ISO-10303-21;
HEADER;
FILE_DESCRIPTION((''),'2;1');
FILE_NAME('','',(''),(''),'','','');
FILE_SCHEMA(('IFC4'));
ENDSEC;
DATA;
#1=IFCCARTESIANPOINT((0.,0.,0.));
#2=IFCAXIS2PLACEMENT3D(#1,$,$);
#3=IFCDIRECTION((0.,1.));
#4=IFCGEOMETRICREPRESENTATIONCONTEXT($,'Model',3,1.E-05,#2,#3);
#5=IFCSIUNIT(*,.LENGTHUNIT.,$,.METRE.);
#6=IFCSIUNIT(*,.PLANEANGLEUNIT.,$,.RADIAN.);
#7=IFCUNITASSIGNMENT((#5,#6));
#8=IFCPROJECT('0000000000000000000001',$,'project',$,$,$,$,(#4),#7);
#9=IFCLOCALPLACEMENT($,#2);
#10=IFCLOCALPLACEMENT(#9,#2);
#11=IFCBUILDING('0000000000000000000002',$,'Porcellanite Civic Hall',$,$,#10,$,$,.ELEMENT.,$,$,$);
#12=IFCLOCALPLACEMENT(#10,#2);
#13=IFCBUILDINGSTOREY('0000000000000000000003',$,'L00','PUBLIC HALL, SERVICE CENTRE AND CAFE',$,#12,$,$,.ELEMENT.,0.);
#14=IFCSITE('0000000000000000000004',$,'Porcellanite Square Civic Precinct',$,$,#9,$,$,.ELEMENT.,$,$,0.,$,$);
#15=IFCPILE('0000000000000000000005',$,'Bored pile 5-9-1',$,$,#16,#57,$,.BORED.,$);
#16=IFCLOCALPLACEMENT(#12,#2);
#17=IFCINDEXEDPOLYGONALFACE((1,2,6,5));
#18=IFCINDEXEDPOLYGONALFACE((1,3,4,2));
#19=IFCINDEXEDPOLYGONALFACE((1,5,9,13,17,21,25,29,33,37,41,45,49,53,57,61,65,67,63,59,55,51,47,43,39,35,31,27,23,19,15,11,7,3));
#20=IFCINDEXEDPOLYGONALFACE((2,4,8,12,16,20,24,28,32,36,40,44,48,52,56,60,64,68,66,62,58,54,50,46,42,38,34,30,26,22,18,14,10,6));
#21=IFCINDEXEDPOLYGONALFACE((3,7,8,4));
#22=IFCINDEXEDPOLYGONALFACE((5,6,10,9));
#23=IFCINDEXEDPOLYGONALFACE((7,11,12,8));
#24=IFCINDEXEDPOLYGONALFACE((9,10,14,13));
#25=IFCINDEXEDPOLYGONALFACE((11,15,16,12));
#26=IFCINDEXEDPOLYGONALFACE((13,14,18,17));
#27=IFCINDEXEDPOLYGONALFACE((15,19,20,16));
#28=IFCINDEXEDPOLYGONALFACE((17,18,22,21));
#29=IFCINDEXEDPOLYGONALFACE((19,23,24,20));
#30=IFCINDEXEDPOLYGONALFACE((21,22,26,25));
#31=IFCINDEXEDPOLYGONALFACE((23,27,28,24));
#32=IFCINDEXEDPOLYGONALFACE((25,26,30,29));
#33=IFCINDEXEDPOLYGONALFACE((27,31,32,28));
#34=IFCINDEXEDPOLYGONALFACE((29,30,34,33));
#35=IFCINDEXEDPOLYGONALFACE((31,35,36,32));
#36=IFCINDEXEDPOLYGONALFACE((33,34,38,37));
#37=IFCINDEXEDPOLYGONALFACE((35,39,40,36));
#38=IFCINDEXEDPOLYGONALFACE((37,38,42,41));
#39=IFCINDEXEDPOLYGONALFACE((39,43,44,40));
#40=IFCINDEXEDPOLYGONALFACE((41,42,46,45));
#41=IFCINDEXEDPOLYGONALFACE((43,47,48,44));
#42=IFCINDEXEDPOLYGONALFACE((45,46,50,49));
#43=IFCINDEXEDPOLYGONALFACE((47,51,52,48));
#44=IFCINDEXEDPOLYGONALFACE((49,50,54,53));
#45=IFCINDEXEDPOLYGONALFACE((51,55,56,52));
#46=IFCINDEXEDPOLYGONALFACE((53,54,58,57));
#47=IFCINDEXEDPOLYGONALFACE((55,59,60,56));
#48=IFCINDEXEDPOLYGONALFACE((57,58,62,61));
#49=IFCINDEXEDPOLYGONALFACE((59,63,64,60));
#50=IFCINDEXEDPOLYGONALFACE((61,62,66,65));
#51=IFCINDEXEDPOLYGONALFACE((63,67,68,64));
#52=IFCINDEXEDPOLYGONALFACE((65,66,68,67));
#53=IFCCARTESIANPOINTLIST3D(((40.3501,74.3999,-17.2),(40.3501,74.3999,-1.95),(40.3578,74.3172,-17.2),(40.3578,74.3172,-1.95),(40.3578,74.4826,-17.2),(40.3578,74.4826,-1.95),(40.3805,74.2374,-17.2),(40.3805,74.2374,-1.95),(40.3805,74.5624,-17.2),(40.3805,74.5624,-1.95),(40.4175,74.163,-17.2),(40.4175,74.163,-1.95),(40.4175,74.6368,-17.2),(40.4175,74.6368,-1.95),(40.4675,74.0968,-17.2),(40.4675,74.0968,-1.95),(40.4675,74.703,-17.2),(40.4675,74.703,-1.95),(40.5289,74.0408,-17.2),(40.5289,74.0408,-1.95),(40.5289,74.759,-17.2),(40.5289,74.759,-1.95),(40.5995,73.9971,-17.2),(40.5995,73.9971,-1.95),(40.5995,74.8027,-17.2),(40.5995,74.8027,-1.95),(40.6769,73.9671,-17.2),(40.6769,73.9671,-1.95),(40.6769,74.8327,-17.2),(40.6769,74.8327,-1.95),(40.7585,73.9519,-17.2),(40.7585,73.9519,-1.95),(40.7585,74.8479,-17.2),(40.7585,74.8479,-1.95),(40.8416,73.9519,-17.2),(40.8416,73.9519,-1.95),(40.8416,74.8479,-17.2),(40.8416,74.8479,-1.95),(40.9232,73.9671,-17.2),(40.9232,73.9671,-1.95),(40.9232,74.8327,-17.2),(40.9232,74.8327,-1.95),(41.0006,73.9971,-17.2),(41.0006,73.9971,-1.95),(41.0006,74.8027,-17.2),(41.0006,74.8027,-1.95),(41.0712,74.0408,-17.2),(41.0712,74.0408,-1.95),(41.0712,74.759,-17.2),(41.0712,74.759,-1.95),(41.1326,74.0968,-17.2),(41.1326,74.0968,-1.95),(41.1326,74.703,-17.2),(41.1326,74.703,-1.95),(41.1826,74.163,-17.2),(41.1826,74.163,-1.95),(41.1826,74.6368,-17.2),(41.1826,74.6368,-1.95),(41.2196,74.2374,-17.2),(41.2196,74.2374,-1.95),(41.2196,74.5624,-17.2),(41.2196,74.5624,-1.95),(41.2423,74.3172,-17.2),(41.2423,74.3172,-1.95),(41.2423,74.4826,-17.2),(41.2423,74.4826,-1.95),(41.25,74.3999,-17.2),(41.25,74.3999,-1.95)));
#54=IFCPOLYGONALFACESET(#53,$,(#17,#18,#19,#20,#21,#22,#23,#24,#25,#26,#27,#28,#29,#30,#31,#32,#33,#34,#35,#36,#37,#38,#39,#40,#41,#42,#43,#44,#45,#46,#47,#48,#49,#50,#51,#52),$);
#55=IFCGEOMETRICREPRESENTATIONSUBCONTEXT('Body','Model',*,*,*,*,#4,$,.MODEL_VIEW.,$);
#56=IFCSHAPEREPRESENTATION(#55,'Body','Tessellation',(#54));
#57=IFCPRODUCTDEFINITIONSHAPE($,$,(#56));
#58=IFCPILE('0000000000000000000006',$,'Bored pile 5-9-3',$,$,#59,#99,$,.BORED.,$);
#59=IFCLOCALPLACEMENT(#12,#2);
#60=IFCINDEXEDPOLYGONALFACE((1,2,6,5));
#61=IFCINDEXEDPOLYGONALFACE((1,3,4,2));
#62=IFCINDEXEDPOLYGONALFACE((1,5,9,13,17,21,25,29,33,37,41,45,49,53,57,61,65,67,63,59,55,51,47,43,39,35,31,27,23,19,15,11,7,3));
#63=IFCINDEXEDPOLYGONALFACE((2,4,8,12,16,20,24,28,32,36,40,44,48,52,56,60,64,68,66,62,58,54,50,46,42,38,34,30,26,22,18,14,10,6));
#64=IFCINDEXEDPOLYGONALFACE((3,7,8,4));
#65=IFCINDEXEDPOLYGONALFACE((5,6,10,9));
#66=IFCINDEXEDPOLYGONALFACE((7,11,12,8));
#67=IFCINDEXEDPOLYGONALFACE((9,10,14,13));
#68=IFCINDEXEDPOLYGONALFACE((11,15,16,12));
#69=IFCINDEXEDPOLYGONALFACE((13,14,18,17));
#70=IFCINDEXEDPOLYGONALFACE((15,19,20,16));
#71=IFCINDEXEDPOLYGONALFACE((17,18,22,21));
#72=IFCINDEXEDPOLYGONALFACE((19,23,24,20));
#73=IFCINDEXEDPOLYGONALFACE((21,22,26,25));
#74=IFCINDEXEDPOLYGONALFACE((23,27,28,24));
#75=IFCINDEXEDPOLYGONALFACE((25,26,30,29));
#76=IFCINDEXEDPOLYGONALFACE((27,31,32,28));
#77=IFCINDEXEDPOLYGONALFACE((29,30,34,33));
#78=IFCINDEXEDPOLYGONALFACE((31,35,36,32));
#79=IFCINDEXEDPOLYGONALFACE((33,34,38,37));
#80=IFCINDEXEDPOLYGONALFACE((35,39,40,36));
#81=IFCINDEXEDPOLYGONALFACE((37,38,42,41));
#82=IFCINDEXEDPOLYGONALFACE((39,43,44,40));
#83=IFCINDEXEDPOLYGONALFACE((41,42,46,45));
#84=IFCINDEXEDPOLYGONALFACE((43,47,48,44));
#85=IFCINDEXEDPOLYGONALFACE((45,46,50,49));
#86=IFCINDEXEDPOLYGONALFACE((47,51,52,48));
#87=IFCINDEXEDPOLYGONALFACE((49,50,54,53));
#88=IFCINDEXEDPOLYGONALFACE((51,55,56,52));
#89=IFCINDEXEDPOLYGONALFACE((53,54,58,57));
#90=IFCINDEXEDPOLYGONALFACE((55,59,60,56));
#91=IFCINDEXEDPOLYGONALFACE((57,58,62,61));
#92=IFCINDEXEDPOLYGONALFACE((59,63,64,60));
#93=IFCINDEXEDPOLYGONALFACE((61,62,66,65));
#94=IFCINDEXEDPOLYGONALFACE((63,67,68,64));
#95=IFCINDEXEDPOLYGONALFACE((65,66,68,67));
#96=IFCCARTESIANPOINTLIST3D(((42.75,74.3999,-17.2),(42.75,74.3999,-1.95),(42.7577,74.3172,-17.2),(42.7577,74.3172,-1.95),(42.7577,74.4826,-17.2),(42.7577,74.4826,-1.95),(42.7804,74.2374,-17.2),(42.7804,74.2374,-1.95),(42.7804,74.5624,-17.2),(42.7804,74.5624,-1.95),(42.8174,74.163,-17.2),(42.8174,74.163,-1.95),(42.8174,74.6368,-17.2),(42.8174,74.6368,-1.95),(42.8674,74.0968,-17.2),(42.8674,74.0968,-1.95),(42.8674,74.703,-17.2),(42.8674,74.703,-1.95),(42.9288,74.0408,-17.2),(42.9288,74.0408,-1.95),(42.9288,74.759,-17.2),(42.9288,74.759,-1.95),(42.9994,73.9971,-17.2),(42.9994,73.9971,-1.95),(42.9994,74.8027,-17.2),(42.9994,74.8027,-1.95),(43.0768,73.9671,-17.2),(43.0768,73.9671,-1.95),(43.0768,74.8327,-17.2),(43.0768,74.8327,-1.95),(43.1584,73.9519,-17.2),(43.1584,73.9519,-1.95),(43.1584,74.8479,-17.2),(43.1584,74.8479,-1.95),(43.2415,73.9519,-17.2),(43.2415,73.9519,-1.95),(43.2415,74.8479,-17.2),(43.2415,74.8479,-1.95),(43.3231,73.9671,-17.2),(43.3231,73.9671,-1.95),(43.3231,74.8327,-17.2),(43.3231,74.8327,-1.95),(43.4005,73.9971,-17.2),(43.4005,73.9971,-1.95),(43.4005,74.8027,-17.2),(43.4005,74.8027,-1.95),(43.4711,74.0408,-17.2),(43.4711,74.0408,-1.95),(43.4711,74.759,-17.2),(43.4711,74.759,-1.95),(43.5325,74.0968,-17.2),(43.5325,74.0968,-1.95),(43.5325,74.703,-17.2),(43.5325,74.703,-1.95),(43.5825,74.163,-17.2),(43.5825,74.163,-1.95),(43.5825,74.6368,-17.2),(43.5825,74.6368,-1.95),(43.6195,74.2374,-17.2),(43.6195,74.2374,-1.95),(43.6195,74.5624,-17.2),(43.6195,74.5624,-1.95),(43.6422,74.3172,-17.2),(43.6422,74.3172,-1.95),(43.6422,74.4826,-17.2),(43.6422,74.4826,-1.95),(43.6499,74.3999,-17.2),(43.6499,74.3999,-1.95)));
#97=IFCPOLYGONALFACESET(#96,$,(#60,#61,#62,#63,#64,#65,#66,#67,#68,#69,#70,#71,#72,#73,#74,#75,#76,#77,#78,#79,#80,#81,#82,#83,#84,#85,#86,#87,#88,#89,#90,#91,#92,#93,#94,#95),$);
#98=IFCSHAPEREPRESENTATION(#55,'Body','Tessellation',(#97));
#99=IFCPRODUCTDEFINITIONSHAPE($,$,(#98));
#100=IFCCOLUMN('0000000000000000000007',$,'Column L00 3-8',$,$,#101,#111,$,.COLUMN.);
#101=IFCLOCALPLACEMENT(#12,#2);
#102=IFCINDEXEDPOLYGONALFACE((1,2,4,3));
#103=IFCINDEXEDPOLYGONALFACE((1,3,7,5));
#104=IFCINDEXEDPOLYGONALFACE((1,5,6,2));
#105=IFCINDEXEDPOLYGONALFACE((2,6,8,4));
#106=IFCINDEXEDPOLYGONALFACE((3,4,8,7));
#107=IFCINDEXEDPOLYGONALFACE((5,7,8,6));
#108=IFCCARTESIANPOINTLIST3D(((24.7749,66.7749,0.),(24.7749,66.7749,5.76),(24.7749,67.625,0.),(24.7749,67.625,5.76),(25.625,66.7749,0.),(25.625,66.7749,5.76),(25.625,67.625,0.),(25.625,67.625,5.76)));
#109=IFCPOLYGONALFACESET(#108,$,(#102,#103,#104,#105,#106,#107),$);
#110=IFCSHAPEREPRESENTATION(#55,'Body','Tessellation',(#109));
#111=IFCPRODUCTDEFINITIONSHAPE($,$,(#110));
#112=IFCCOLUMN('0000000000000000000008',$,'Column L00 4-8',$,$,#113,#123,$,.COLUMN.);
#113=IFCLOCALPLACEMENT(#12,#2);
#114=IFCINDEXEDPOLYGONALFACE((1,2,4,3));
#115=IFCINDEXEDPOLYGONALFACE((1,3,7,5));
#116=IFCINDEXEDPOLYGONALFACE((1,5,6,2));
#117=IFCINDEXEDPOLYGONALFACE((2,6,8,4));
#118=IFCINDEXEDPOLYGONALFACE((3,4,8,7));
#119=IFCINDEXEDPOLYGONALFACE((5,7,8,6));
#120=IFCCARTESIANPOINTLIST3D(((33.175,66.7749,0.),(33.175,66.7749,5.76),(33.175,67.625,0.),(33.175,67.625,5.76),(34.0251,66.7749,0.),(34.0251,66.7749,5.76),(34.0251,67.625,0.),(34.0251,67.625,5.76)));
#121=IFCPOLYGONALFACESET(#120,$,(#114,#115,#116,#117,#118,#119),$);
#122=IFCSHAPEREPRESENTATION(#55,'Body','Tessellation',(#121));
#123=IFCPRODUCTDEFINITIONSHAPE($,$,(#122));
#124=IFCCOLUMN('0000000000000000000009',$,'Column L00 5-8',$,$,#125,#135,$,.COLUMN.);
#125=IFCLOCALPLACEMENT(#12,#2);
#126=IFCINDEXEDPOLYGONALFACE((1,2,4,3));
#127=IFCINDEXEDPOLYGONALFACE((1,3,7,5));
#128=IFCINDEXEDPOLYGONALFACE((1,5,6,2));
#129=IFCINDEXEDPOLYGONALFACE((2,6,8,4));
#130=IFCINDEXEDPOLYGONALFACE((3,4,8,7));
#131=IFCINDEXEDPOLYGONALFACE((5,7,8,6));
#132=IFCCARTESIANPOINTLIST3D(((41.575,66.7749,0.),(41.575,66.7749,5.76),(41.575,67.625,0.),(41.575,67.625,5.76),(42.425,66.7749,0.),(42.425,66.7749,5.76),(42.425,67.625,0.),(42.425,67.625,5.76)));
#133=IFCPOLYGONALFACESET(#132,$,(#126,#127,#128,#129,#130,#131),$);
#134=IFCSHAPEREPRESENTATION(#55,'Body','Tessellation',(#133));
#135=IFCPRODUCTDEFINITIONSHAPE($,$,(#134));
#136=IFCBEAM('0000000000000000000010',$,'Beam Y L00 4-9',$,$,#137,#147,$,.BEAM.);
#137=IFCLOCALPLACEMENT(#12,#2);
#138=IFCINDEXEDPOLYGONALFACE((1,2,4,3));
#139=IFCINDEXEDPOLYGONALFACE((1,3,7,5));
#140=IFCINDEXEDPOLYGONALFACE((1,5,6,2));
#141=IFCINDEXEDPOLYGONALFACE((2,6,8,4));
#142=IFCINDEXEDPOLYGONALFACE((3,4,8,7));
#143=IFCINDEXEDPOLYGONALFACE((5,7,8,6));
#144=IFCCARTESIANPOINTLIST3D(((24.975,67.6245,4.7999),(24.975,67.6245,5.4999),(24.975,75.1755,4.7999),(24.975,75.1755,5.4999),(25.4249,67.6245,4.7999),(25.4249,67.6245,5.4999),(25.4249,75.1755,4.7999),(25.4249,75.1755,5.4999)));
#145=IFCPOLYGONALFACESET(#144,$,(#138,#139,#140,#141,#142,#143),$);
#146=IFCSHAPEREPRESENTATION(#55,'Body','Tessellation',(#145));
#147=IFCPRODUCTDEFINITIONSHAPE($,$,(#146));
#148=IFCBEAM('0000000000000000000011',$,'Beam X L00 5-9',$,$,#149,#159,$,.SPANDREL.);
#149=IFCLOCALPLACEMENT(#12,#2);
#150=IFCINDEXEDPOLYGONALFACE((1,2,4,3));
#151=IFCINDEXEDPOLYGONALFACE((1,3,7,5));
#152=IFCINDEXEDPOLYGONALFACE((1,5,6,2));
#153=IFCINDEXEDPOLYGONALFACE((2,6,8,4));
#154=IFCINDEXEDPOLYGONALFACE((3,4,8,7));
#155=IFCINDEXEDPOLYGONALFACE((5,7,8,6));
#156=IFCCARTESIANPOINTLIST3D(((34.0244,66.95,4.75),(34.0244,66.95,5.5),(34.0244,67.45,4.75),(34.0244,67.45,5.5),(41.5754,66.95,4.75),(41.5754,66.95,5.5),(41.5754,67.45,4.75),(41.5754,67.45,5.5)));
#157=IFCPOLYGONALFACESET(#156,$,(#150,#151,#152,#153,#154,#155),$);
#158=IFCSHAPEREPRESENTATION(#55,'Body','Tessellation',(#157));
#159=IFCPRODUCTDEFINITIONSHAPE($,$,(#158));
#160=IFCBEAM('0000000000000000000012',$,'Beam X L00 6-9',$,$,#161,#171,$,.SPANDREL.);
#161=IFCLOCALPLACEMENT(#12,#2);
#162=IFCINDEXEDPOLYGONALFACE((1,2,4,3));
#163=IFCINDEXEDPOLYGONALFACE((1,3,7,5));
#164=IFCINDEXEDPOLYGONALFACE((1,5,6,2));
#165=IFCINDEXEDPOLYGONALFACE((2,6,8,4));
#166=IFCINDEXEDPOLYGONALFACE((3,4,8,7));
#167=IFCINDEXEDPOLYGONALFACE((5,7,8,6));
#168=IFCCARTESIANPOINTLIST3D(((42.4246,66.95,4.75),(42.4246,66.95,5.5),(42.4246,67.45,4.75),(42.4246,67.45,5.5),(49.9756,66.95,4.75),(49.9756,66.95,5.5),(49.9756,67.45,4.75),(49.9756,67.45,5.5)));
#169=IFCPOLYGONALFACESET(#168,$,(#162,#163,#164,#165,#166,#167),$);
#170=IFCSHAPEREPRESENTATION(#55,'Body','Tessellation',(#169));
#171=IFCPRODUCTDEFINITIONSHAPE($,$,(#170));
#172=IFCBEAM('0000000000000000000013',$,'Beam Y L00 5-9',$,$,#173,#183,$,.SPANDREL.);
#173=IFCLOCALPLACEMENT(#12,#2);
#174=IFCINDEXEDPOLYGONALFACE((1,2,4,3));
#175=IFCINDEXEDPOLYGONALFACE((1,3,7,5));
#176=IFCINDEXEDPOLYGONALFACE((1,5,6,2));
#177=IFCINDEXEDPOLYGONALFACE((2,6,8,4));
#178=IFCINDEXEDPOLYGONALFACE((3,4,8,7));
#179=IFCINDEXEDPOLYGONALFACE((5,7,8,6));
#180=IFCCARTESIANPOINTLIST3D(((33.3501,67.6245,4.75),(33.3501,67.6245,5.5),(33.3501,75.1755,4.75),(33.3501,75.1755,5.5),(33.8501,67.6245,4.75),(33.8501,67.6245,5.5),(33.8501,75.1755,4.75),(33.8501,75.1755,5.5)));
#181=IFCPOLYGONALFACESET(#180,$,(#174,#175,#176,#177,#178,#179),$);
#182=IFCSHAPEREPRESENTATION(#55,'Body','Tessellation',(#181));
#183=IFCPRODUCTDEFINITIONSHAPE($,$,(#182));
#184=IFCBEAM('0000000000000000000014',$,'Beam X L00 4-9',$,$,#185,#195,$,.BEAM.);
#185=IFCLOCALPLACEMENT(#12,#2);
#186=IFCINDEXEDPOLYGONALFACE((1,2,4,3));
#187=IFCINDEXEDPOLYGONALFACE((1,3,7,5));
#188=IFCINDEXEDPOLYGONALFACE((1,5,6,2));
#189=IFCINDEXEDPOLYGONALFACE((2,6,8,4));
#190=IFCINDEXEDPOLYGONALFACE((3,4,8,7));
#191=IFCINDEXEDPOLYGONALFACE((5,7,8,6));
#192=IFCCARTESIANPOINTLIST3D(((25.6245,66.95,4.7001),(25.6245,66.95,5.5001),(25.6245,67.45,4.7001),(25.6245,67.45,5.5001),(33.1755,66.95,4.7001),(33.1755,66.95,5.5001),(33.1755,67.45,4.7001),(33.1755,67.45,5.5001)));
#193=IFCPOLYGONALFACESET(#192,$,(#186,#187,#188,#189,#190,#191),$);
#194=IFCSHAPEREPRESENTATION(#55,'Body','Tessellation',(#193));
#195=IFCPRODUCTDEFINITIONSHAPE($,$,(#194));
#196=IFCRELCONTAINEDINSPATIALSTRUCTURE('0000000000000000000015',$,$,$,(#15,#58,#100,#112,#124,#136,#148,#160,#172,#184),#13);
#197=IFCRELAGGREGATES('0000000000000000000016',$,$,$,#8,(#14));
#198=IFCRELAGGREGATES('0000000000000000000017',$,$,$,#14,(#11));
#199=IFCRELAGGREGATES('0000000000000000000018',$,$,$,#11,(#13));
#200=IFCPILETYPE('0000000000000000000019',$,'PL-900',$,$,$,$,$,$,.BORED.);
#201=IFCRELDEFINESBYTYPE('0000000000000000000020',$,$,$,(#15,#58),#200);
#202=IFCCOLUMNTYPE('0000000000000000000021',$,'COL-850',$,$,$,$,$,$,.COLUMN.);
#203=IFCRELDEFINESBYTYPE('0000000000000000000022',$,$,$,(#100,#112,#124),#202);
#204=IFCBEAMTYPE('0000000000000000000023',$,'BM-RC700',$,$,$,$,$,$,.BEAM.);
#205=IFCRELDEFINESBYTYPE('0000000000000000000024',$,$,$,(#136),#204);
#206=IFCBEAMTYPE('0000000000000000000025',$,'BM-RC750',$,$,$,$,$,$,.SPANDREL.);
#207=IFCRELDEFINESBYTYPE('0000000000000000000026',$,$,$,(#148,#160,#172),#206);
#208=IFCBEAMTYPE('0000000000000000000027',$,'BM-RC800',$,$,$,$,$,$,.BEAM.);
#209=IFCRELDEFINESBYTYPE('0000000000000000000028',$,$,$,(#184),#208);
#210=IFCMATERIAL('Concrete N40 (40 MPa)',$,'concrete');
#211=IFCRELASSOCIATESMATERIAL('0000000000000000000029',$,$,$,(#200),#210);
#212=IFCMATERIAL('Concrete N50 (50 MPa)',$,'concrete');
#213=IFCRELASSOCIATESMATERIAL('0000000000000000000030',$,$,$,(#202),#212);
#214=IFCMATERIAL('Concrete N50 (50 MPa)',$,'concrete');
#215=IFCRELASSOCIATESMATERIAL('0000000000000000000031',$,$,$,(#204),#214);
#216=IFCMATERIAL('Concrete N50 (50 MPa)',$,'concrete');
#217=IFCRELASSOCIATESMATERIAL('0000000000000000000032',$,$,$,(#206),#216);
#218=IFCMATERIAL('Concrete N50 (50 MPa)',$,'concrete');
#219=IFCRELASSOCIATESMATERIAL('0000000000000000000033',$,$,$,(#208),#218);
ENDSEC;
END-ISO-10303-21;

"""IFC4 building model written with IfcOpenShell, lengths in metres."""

from ifc_helpers import new_model, si_unit, direction, frame, origin, origin_2d, place, context, subcontext, project, spatial, rectangle, circle, extrude, material, material_profile, profile_set, type_object, element, save


model = new_model("IFC4")

# Units and contexts
model_context = context("Model", 3, precision=1e-05, world=origin(), true_north=direction((0.0, 1.0)))
body_context = subcontext(model_context, "Body", "Model", "MODEL_VIEW")
ifc_project = project(units=[si_unit("LENGTHUNIT", "METRE"), si_unit("PLANEANGLEUNIT", "RADIAN")], contexts=[model_context])

# Site, building, storey
site_placement = place(None, origin())
site = spatial("IfcSite", under=ifc_project, at=site_placement, Name="Porcellanite Square Civic Precinct", CompositionType="ELEMENT", RefElevation=0.0)
building_placement = place(site_placement, origin())
building = spatial("IfcBuilding", under=site, at=building_placement, Name="Porcellanite Civic Hall", CompositionType="ELEMENT")
storey_placement = place(building_placement, origin())
storey = spatial("IfcBuildingStorey", under=building, at=storey_placement, Name="L00", Description="PUBLIC HALL, SERVICE CENTRE AND CAFE", CompositionType="ELEMENT", Elevation=0.0)

# Piles
ifc_material_1 = material(Name="Concrete N40 (40 MPa)", Category="concrete")
ifc_material_profile_1 = material_profile(ifc_material_1, circle(Radius=0.45, at=origin_2d()), Name="PILE-D900")
ifc_profile_set_1 = profile_set([ifc_material_profile_1], Name="Concrete N40 (40 MPa)")
pile_type = type_object("IfcPileType", Name="PL-900", PredefinedType="BORED", material=ifc_profile_set_1)
for number, where, z_axis, x_axis, name in (
    (1, (40.8, 74.3999, -1.95), (0.0, 0.0, -1.0), (1.0, 0.0, 0.0), "Bored pile 5-9-1"),
    (2, (43.2, 74.3999, -1.95), (0.0, 0.0, -1.0), (1.0, 0.0, 0.0), "Bored pile 5-9-3"),
):
    element("IfcPile", number, at=place(storey_placement, frame(where, z_axis=z_axis, x_axis=x_axis)), inside=storey, type_object=pile_type, Name=name, PredefinedType="BORED", context=body_context, shape_type="SweptSolid", body=[
        extrude(circle(Radius=0.45, at=origin_2d()), origin(), (0.0, 0.0, 1.0), 15.25),
    ])

# Columns
ifc_material_2 = material(Name="Concrete N50 (50 MPa)", Category="concrete")
ifc_material_profile_2 = material_profile(ifc_material_2, rectangle(XDim=0.8501, YDim=0.8501, at=origin_2d()), Name="RC-850x850")
ifc_profile_set_2 = profile_set([ifc_material_profile_2], Name="Concrete N50 (50 MPa)")
column_type = type_object("IfcColumnType", Name="COL-850", PredefinedType="COLUMN", material=ifc_profile_set_2)
for number, where, z_axis, x_axis, name in (
    (3, (25.2, 67.2, 0.0), (0.0, 0.0, 1.0), (1.0, 0.0, 0.0), "Column L00 3-8"),
    (4, (33.6001, 67.2, 0.0), (0.0, 0.0, 1.0), (1.0, 0.0, 0.0), "Column L00 4-8"),
    (5, (42.0, 67.2, 0.0), (0.0, 0.0, 1.0), (1.0, 0.0, 0.0), "Column L00 5-8"),
):
    element("IfcColumn", number, at=place(storey_placement, frame(where, z_axis=z_axis, x_axis=x_axis)), inside=storey, type_object=column_type, Name=name, PredefinedType="COLUMN", context=body_context, shape_type="SweptSolid", body=[
        extrude(rectangle(XDim=0.8501, YDim=0.8501, at=origin_2d()), origin(), (0.0, 0.0, 1.0), 5.76),
    ])

# Beams
ifc_material_3 = material(Name="Concrete N50 (50 MPa)", Category="concrete")
ifc_material_profile_3 = material_profile(ifc_material_3, rectangle(XDim=0.45, YDim=0.7, at=origin_2d()), Name="RC-450x700")
ifc_profile_set_3 = profile_set([ifc_material_profile_3], Name="Concrete N50 (50 MPa)")
beam_type_1 = type_object("IfcBeamType", Name="BM-RC700", PredefinedType="BEAM", material=ifc_profile_set_3)
beam_1_placement = place(storey_placement, frame((25.2, 67.6245, 5.1499), z_axis=(0.0, 1.0, 0.0), x_axis=(-1.0, 0.0, 0.0)))
element("IfcBeam", 6, at=beam_1_placement, inside=storey, type_object=beam_type_1, Name="Beam Y L00 4-9", PredefinedType="BEAM", context=body_context, shape_type="SweptSolid", body=[
    extrude(rectangle(XDim=0.45, YDim=0.7, at=origin_2d()), origin(), (0.0, 0.0, 1.0), 7.551),
])
ifc_material_4 = material(Name="Concrete N50 (50 MPa)", Category="concrete")
ifc_material_profile_4 = material_profile(ifc_material_4, rectangle(XDim=0.5, YDim=0.75, at=origin_2d()), Name="RC-500x750")
ifc_profile_set_4 = profile_set([ifc_material_profile_4], Name="Concrete N50 (50 MPa)")
beam_type_2 = type_object("IfcBeamType", Name="BM-RC750", PredefinedType="SPANDREL", material=ifc_profile_set_4)
for number, where, z_axis, x_axis, name in (
    (7, (34.0244, 67.2, 5.125), (1.0, 0.0, 0.0), (0.0, 1.0, 0.0), "Beam X L00 5-9"),
    (8, (42.4246, 67.2, 5.125), (1.0, 0.0, 0.0), (0.0, 1.0, 0.0), "Beam X L00 6-9"),
    (9, (33.6001, 67.6245, 5.125), (0.0, 1.0, 0.0), (-1.0, 0.0, 0.0), "Beam Y L00 5-9"),
):
    element("IfcBeam", number, at=place(storey_placement, frame(where, z_axis=z_axis, x_axis=x_axis)), inside=storey, type_object=beam_type_2, Name=name, PredefinedType="SPANDREL", context=body_context, shape_type="SweptSolid", body=[
        extrude(rectangle(XDim=0.5, YDim=0.75, at=origin_2d()), origin(), (0.0, 0.0, 1.0), 7.551),
    ])
ifc_material_5 = material(Name="Concrete N50 (50 MPa)", Category="concrete")
ifc_material_profile_5 = material_profile(ifc_material_5, rectangle(XDim=0.5, YDim=0.8, at=origin_2d()), Name="RC-500x800")
ifc_profile_set_5 = profile_set([ifc_material_profile_5], Name="Concrete N50 (50 MPa)")
beam_type_3 = type_object("IfcBeamType", Name="BM-RC800", PredefinedType="BEAM", material=ifc_profile_set_5)
beam_2_placement = place(storey_placement, frame((25.6245, 67.2, 5.1001), z_axis=(1.0, 0.0, 0.0), x_axis=(0.0, 1.0, 0.0)))
element("IfcBeam", 10, at=beam_2_placement, inside=storey, type_object=beam_type_3, Name="Beam X L00 4-9", PredefinedType="BEAM", context=body_context, shape_type="SweptSolid", body=[
    extrude(rectangle(XDim=0.5, YDim=0.8, at=origin_2d()), origin(), (0.0, 0.0, 1.0), 7.551),
])

save(model, "model.ifc")
